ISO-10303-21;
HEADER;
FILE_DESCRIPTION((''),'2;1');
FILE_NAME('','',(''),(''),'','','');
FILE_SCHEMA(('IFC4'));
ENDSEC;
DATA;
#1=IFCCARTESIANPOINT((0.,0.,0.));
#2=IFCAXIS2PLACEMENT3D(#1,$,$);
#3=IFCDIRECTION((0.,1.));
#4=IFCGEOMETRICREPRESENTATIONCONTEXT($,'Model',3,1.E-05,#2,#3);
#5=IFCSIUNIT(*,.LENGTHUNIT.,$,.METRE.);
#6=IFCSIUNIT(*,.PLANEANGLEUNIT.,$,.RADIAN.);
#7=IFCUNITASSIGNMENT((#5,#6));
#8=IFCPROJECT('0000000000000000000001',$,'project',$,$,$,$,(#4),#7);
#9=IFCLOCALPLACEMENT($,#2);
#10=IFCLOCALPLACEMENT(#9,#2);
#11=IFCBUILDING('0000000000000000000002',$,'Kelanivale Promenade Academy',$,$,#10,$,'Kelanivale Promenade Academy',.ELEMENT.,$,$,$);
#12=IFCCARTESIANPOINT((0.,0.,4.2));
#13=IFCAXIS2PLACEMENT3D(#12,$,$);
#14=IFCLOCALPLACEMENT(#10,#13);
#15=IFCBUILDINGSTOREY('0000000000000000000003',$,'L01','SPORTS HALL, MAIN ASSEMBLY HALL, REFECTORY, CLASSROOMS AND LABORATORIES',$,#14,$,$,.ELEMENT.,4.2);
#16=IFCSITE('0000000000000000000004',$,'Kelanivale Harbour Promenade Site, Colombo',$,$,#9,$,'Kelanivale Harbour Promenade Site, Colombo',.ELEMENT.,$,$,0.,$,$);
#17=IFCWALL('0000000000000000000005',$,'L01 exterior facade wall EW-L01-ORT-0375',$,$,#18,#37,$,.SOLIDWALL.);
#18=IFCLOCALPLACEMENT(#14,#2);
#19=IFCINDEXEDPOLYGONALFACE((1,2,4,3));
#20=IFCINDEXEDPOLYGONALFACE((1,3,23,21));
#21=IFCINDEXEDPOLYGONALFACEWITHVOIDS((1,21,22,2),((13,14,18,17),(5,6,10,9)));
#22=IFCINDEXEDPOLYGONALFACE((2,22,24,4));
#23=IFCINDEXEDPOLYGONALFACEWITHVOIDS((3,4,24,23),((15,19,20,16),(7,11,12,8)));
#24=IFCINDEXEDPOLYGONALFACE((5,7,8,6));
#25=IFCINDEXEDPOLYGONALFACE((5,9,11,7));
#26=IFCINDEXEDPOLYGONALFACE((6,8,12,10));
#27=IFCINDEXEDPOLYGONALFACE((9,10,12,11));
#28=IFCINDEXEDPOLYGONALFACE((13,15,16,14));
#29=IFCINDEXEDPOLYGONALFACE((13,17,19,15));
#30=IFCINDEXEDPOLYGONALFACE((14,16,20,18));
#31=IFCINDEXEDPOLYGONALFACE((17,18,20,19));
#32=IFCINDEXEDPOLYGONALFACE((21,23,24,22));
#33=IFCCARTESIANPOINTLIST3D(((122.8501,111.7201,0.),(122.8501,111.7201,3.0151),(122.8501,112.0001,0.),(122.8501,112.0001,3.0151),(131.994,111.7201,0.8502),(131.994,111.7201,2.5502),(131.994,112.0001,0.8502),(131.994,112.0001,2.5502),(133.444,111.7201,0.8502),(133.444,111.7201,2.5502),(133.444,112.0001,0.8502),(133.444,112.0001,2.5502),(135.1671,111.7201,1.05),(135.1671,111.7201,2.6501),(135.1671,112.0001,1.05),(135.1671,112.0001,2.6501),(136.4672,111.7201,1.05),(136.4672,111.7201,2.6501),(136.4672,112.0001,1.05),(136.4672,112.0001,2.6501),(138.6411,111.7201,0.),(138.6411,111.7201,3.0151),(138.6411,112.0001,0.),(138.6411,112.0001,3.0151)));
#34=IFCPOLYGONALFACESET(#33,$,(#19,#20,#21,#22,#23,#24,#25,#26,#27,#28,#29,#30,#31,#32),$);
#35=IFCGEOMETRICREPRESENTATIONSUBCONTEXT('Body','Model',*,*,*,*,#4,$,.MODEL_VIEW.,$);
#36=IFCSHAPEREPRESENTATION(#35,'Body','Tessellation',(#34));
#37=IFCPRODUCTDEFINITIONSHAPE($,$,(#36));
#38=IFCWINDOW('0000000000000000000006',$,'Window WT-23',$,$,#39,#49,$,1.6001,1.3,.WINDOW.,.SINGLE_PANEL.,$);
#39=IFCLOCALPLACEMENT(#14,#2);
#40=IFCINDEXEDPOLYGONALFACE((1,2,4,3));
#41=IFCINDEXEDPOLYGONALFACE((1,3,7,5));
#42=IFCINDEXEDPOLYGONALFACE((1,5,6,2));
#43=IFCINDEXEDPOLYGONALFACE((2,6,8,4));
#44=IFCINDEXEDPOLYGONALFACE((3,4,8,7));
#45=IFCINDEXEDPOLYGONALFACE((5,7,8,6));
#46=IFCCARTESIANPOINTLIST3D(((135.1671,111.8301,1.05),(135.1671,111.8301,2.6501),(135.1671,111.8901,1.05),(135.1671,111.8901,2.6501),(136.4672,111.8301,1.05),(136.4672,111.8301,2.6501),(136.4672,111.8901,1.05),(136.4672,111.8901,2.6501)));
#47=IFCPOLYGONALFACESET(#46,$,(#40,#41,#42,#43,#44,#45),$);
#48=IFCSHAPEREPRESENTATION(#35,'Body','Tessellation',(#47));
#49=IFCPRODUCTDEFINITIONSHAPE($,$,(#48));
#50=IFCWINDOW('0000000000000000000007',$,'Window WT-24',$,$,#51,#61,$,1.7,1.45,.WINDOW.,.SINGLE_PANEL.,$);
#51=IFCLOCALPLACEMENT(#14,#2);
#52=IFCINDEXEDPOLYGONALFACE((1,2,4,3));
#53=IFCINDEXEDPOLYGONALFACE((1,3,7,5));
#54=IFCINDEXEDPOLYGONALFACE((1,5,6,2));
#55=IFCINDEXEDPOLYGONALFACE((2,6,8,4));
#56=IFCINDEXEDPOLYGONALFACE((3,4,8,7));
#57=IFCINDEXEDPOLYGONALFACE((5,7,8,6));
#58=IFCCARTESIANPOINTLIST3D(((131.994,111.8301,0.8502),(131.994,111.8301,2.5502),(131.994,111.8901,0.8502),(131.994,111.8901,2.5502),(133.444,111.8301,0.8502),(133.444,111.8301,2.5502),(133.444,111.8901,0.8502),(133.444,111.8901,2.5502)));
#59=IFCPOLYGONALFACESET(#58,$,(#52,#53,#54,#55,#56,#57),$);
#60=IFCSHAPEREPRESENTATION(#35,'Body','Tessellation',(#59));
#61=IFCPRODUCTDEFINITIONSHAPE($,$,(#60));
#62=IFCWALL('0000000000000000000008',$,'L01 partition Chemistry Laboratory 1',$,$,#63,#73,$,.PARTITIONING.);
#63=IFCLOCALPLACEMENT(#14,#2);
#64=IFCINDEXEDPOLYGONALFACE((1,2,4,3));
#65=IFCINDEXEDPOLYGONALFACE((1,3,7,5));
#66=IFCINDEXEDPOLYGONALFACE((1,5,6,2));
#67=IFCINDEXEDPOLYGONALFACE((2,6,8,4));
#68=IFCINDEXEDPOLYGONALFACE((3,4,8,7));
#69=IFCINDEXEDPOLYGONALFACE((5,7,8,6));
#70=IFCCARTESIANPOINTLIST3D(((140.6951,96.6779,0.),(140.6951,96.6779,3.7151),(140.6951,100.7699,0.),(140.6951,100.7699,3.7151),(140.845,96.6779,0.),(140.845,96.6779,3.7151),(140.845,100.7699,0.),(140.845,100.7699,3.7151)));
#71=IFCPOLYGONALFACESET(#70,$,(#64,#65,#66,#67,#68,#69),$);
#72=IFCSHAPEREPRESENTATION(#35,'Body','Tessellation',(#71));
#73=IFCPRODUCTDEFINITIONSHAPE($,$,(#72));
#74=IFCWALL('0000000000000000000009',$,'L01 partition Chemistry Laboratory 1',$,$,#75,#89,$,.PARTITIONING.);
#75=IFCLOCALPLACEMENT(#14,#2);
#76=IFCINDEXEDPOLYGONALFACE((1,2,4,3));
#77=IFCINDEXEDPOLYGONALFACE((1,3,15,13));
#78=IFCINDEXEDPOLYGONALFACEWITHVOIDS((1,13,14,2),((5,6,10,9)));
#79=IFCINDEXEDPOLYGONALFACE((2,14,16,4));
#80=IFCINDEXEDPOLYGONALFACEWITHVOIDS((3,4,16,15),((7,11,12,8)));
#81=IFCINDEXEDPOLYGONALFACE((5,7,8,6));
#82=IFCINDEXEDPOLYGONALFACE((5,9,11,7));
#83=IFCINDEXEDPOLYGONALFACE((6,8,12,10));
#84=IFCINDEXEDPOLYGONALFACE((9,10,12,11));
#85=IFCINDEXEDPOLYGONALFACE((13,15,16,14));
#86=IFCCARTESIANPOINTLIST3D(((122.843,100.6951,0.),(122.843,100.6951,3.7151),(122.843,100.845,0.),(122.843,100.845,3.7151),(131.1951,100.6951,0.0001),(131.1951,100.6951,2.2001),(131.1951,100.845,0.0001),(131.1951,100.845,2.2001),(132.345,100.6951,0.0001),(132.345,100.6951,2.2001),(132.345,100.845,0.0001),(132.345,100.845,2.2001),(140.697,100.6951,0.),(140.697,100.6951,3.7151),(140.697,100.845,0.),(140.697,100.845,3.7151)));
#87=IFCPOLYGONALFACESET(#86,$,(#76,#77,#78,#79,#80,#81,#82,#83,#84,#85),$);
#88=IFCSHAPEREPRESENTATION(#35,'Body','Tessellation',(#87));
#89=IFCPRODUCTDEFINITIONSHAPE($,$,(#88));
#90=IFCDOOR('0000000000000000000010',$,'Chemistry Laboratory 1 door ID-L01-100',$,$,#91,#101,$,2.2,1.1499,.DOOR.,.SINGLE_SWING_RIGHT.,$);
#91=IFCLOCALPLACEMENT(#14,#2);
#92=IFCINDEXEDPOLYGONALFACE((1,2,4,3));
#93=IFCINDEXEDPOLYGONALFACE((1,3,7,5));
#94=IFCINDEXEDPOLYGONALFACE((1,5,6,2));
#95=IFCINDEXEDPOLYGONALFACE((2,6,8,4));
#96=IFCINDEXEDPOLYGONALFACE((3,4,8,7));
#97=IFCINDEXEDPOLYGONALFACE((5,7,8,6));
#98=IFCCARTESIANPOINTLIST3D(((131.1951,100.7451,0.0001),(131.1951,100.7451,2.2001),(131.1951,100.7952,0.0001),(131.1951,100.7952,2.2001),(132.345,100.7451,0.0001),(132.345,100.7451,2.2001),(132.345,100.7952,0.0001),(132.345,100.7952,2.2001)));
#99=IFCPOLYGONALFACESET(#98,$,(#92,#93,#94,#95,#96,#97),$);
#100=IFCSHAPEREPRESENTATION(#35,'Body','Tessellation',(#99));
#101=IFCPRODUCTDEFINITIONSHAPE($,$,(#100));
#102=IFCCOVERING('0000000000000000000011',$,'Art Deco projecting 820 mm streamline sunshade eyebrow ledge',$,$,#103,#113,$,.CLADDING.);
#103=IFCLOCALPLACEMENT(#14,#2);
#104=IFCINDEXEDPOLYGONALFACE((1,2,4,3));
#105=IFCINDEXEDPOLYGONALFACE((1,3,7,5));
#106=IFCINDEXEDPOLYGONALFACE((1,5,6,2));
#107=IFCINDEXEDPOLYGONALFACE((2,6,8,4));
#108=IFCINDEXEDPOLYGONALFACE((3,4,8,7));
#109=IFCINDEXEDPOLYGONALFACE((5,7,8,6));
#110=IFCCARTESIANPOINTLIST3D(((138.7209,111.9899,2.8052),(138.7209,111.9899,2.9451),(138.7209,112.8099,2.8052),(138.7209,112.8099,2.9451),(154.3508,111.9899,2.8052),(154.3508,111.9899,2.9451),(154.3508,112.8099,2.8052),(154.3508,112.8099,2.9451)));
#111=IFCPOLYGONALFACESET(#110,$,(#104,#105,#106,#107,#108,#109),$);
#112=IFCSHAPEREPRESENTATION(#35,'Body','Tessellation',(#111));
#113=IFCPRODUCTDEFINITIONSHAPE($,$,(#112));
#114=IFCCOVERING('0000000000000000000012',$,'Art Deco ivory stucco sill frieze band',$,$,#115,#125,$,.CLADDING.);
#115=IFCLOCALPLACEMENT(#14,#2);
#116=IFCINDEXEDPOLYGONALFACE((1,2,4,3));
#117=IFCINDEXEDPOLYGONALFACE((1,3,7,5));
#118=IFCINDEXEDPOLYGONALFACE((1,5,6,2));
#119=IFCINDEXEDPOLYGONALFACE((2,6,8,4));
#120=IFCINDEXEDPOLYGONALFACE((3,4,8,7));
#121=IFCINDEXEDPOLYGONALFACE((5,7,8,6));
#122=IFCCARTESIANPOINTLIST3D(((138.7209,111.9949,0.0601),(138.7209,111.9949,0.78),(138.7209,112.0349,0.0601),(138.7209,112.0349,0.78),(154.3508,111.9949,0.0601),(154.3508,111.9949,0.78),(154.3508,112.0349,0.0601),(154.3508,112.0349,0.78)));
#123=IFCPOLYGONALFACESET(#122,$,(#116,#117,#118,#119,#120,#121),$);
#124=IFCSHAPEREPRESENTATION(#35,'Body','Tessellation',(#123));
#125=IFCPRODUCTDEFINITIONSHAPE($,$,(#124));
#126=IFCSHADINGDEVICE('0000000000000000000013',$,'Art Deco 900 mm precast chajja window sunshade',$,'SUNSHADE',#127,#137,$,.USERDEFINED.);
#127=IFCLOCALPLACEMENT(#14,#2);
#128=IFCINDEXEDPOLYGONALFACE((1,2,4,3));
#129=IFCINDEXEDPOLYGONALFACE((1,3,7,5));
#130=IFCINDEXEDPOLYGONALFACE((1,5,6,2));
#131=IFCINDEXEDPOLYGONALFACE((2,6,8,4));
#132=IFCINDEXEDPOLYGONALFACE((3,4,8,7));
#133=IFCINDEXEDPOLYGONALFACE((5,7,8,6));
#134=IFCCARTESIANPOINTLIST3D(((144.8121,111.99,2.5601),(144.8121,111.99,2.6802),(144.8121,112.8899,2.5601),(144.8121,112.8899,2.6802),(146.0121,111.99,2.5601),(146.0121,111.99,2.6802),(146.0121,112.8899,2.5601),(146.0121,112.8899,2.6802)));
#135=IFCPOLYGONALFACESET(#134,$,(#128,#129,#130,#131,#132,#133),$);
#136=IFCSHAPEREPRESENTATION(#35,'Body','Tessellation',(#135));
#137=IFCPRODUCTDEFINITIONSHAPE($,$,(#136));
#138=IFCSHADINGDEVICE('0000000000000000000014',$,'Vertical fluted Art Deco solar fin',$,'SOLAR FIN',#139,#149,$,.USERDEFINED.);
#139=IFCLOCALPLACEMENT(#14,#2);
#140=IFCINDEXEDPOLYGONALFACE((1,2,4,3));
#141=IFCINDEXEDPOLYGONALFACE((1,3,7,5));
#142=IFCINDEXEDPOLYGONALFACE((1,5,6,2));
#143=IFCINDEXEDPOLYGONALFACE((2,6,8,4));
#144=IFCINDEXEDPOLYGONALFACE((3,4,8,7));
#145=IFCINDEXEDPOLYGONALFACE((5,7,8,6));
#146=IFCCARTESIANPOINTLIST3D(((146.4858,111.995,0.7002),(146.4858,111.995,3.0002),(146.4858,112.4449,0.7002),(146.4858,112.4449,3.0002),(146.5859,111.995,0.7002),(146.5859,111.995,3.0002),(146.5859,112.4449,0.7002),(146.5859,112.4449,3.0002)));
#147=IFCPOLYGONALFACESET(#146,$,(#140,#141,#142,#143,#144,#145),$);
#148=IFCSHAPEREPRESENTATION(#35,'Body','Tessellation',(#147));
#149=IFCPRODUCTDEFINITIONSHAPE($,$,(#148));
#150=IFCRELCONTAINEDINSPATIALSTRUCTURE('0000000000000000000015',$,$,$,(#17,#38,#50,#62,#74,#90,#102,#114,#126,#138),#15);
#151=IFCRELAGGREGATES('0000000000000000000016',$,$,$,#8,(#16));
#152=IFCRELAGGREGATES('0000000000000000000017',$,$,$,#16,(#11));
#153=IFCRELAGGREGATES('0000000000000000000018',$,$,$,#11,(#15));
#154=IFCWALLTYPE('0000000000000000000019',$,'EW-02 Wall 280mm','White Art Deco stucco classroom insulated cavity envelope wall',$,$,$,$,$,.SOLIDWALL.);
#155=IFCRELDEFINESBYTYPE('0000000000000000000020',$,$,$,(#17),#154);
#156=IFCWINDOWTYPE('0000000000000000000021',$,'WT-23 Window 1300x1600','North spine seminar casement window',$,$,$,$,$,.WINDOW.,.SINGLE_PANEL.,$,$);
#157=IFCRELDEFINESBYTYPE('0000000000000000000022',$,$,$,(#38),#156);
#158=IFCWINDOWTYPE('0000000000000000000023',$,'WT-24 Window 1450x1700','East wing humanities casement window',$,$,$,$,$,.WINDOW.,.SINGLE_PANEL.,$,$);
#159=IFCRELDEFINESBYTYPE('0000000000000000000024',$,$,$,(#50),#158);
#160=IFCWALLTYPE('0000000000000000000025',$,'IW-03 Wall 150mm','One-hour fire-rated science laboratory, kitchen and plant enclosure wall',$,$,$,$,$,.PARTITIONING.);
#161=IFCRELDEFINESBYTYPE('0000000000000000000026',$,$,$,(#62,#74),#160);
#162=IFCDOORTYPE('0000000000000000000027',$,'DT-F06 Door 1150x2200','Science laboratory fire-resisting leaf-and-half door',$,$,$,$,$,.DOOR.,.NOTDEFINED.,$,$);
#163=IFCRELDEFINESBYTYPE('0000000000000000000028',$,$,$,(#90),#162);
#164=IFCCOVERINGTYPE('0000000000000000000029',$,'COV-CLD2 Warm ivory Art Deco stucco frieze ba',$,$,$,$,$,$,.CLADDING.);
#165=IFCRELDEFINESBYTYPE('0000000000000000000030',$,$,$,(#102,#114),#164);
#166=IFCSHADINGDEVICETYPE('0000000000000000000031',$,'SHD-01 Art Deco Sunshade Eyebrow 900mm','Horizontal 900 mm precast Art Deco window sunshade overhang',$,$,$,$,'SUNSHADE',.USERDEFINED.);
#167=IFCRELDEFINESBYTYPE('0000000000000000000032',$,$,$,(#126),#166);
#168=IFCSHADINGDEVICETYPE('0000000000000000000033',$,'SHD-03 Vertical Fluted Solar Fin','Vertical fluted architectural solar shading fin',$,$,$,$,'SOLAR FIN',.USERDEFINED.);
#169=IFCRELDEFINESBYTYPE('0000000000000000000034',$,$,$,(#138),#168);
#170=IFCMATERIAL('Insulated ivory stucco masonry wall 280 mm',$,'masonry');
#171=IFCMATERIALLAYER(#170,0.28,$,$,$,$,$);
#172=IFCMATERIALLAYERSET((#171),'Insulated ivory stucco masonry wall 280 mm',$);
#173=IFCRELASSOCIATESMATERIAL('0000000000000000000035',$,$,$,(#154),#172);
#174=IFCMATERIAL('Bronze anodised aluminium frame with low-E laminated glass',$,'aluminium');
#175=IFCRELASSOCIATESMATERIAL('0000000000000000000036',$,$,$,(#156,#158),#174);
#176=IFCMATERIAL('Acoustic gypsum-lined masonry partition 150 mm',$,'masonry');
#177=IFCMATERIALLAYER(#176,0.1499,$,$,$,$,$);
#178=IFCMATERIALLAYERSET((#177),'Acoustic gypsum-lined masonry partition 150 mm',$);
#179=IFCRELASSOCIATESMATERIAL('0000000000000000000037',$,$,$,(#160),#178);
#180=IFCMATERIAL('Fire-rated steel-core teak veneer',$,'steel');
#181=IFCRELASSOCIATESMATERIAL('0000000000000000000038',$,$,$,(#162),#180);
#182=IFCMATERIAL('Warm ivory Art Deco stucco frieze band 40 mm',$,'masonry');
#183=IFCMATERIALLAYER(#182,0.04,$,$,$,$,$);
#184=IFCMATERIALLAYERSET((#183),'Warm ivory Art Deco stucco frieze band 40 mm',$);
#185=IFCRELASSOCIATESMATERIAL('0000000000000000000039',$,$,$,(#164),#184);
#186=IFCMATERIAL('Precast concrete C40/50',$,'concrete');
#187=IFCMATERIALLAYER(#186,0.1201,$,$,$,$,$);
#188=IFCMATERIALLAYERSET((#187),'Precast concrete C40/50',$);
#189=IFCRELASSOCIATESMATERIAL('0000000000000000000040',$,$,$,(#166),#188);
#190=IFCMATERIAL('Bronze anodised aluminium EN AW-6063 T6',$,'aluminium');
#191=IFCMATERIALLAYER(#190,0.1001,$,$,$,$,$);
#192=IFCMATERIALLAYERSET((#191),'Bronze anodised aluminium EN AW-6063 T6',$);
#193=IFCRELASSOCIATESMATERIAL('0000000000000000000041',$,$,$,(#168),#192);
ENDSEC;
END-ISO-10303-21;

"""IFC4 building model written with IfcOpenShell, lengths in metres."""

from ifc_helpers import new_model, si_unit, direction, frame, frame_2d, origin, origin_2d, place, context, subcontext, project, spatial, rectangle, extrude, material, layer, layer_set, type_object, element, fill, save


model = new_model("IFC4")

# Units and contexts
model_context = context("Model", 3, precision=1e-05, world=origin(), true_north=direction((0.0, 1.0)))
body_context = subcontext(model_context, "Body", "Model", "MODEL_VIEW")
ifc_project = project(units=[si_unit("LENGTHUNIT", "METRE"), si_unit("PLANEANGLEUNIT", "RADIAN")], contexts=[model_context])

# Site, building, storey
site_placement = place(None, origin())
site = spatial("IfcSite", under=ifc_project, at=site_placement, Name="Kelanivale Harbour Promenade Site, Colombo", LongName="Kelanivale Harbour Promenade Site, Colombo", CompositionType="ELEMENT", RefElevation=0.0)
building_placement = place(site_placement, origin())
building = spatial("IfcBuilding", under=site, at=building_placement, Name="Kelanivale Promenade Academy", LongName="Kelanivale Promenade Academy", CompositionType="ELEMENT")
storey_placement = place(building_placement, frame((0.0, 0.0, 4.2)))
storey = spatial("IfcBuildingStorey", under=building, at=storey_placement, Name="L01", Description="SPORTS HALL, MAIN ASSEMBLY HALL, REFECTORY, CLASSROOMS AND LABORATORIES", CompositionType="ELEMENT", Elevation=4.2)

# Wall, openings, windows
ifc_material_1 = material(Name="Insulated ivory stucco masonry wall 280 mm", Category="masonry")
ifc_layer_1 = layer(ifc_material_1, 0.28)
ifc_layer_set_1 = layer_set([ifc_layer_1], Name="Insulated ivory stucco masonry wall 280 mm")
wall_type_1 = type_object("IfcWallType", Name="EW-02 Wall 280mm", Description="White Art Deco stucco classroom insulated cavity envelope wall", PredefinedType="SOLIDWALL", material=ifc_layer_set_1)
wall_1_placement = place(storey_placement, frame((138.6411, 111.8601, 0.0), z_axis=(0.0, 0.0, 1.0), x_axis=(-1.0, 0.0, 0.0)))
wall_1 = element("IfcWall", 1, at=wall_1_placement, inside=storey, type_object=wall_type_1, Name="L01 exterior facade wall EW-L01-ORT-0375", PredefinedType="SOLIDWALL", context=body_context, shape_type="SweptSolid", body=[
    extrude(rectangle(XDim=15.791, YDim=0.28, at=frame_2d((7.8955, 0.0))), origin(), (0.0, 0.0, 1.0), 3.0151),
])
opening_1_placement = place(wall_1_placement, frame((2.1741, 0.0, 1.05)))
opening_1 = element("IfcOpeningElement", 2, at=opening_1_placement, cuts=wall_1, PredefinedType="OPENING", context=body_context, shape_type="SweptSolid", body=[
    extrude(rectangle(XDim=1.3, YDim=1.6001, at=frame_2d((0.6499, 0.8))), frame((0.0, 0.1499, 0.0), z_axis=(0.0, -1.0, 0.0), x_axis=(1.0, 0.0, 0.0)), (0.0, 0.0, 1.0), 0.3),
])
opening_2_placement = place(wall_1_placement, frame((5.197, 0.0, 0.8501)))
opening_2 = element("IfcOpeningElement", 3, at=opening_2_placement, cuts=wall_1, PredefinedType="OPENING", context=body_context, shape_type="SweptSolid", body=[
    extrude(rectangle(XDim=1.45, YDim=1.7, at=frame_2d((0.7251, 0.8501))), frame((0.0, 0.1499, 0.0), z_axis=(0.0, -1.0, 0.0), x_axis=(1.0, 0.0, 0.0)), (0.0, 0.0, 1.0), 0.3),
])
ifc_material_2 = material(Name="Bronze anodised aluminium frame with low-E laminated glass", Category="aluminium")
window_type_1 = type_object("IfcWindowType", Name="WT-23 Window 1300x1600", Description="North spine seminar casement window", PartitioningType="SINGLE_PANEL", PredefinedType="WINDOW", material=ifc_material_2)
window_1_placement = place(opening_1_placement, origin())
window_1 = element("IfcWindow", 4, at=window_1_placement, inside=storey, type_object=window_type_1, Name="Window WT-23", OverallHeight=1.6001, OverallWidth=1.3, PartitioningType="SINGLE_PANEL", PredefinedType="WINDOW", context=body_context, shape_type="SweptSolid", body=[
    extrude(rectangle(XDim=1.3, YDim=1.6001, at=frame_2d((0.6499, 0.8))), frame((0.0, 0.03, 0.0), z_axis=(0.0, -1.0, 0.0), x_axis=(1.0, 0.0, 0.0)), (0.0, 0.0, 1.0), 0.0601),
])
fill(opening_1, window_1)
window_type_2 = type_object("IfcWindowType", Name="WT-24 Window 1450x1700", Description="East wing humanities casement window", PartitioningType="SINGLE_PANEL", PredefinedType="WINDOW", material=ifc_material_2)
window_2_placement = place(opening_2_placement, origin())
window_2 = element("IfcWindow", 5, at=window_2_placement, inside=storey, type_object=window_type_2, Name="Window WT-24", OverallHeight=1.7, OverallWidth=1.45, PartitioningType="SINGLE_PANEL", PredefinedType="WINDOW", context=body_context, shape_type="SweptSolid", body=[
    extrude(rectangle(XDim=1.45, YDim=1.7, at=frame_2d((0.7251, 0.8501))), frame((0.0, 0.03, 0.0), z_axis=(0.0, -1.0, 0.0), x_axis=(1.0, 0.0, 0.0)), (0.0, 0.0, 1.0), 0.0601),
])
fill(opening_2, window_2)

# Wall
ifc_material_3 = material(Name="Acoustic gypsum-lined masonry partition 150 mm", Category="masonry")
ifc_layer_2 = layer(ifc_material_3, 0.1499)
ifc_layer_set_2 = layer_set([ifc_layer_2], Name="Acoustic gypsum-lined masonry partition 150 mm")
wall_type_2 = type_object("IfcWallType", Name="IW-03 Wall 150mm", Description="One-hour fire-rated science laboratory, kitchen and plant enclosure wall", PredefinedType="PARTITIONING", material=ifc_layer_set_2)
wall_2_placement = place(storey_placement, frame((140.77, 96.678, 0.0), z_axis=(0.0, 0.0, 1.0), x_axis=(0.0, 1.0, 0.0)))
element("IfcWall", 6, at=wall_2_placement, inside=storey, type_object=wall_type_2, Name="L01 partition Chemistry Laboratory 1", PredefinedType="PARTITIONING", context=body_context, shape_type="SweptSolid", body=[
    extrude(rectangle(XDim=4.092, YDim=0.1499, at=frame_2d((2.0459, 0.0))), origin(), (0.0, 0.0, 1.0), 3.7151),
])

# Wall, opening, door
wall_3_placement = place(storey_placement, frame((140.697, 100.77, 0.0), z_axis=(0.0, 0.0, 1.0), x_axis=(-1.0, 0.0, 0.0)))
wall_3 = element("IfcWall", 7, at=wall_3_placement, inside=storey, type_object=wall_type_2, Name="L01 partition Chemistry Laboratory 1", PredefinedType="PARTITIONING", context=body_context, shape_type="SweptSolid", body=[
    extrude(rectangle(XDim=17.854, YDim=0.1499, at=frame_2d((8.927, 0.0))), origin(), (0.0, 0.0, 1.0), 3.7151),
])
opening_3_placement = place(wall_3_placement, frame((8.3521, 0.0, 0.0)))
opening_3 = element("IfcOpeningElement", 8, at=opening_3_placement, cuts=wall_3, PredefinedType="OPENING", context=body_context, shape_type="SweptSolid", body=[
    extrude(rectangle(XDim=1.1499, YDim=2.2, at=frame_2d((0.575, 1.1001))), frame((0.0, 0.085, 0.0), z_axis=(0.0, -1.0, 0.0), x_axis=(1.0, 0.0, 0.0)), (0.0, 0.0, 1.0), 0.1699),
])
ifc_material_4 = material(Name="Fire-rated steel-core teak veneer", Category="steel")
door_type = type_object("IfcDoorType", Name="DT-F06 Door 1150x2200", Description="Science laboratory fire-resisting leaf-and-half door", OperationType="NOTDEFINED", PredefinedType="DOOR", material=ifc_material_4)
door_placement = place(opening_3_placement, origin())
door = element("IfcDoor", 9, at=door_placement, inside=storey, type_object=door_type, Name="Chemistry Laboratory 1 door ID-L01-100", OperationType="SINGLE_SWING_RIGHT", OverallHeight=2.2, OverallWidth=1.1499, PredefinedType="DOOR", context=body_context, shape_type="SweptSolid", body=[
    extrude(rectangle(XDim=1.1499, YDim=2.2, at=frame_2d((0.575, 1.1001))), frame((0.0, 0.0249, 0.0), z_axis=(0.0, -1.0, 0.0), x_axis=(1.0, 0.0, 0.0)), (0.0, 0.0, 1.0), 0.05),
])
fill(opening_3, door)

# Coverings
ifc_material_5 = material(Name="Warm ivory Art Deco stucco frieze band 40 mm", Category="masonry")
ifc_layer_3 = layer(ifc_material_5, 0.04)
ifc_layer_set_3 = layer_set([ifc_layer_3], Name="Warm ivory Art Deco stucco frieze band 40 mm")
covering_type = type_object("IfcCoveringType", Name="COV-CLD2 Warm ivory Art Deco stucco frieze ba", PredefinedType="CLADDING", material=ifc_layer_set_3)
covering_1_placement = place(storey_placement, frame((146.5359, 112.3999, 2.8052), z_axis=(0.0, 0.0, 1.0), x_axis=(-1.0, 0.0, 0.0)))
element("IfcCovering", 10, at=covering_1_placement, inside=storey, type_object=covering_type, Name="Art Deco projecting 820 mm streamline sunshade eyebrow ledge", PredefinedType="CLADDING", context=body_context, shape_type="SweptSolid", body=[
    extrude(rectangle(XDim=15.6299, YDim=0.8201, at=origin_2d()), origin(), (0.0, 0.0, 1.0), 0.1399),
])
covering_2_placement = place(storey_placement, frame((146.5359, 112.0149, 0.0601), z_axis=(0.0, 0.0, 1.0), x_axis=(-1.0, 0.0, 0.0)))
element("IfcCovering", 11, at=covering_2_placement, inside=storey, type_object=covering_type, Name="Art Deco ivory stucco sill frieze band", PredefinedType="CLADDING", context=body_context, shape_type="SweptSolid", body=[
    extrude(rectangle(XDim=15.6299, YDim=0.04, at=origin_2d()), origin(), (0.0, 0.0, 1.0), 0.72),
])

# Shading devices
ifc_material_6 = material(Name="Precast concrete C40/50", Category="concrete")
ifc_layer_4 = layer(ifc_material_6, 0.1201)
ifc_layer_set_4 = layer_set([ifc_layer_4], Name="Precast concrete C40/50")
shading_device_type_1 = type_object("IfcShadingDeviceType", Name="SHD-01 Art Deco Sunshade Eyebrow 900mm", Description="Horizontal 900 mm precast Art Deco window sunshade overhang", ElementType="SUNSHADE", PredefinedType="USERDEFINED", material=ifc_layer_set_4)
shading_device_1_placement = place(storey_placement, frame((145.4121, 112.4399, 2.5601), z_axis=(0.0, 0.0, 1.0), x_axis=(-1.0, 0.0, 0.0)))
element("IfcShadingDevice", 12, at=shading_device_1_placement, inside=storey, type_object=shading_device_type_1, Name="Art Deco 900 mm precast chajja window sunshade", ObjectType="SUNSHADE", PredefinedType="USERDEFINED", context=body_context, shape_type="SweptSolid", body=[
    extrude(rectangle(XDim=1.2, YDim=0.8999, at=origin_2d()), origin(), (0.0, 0.0, 1.0), 0.1201),
])
ifc_material_7 = material(Name="Bronze anodised aluminium EN AW-6063 T6", Category="aluminium")
ifc_layer_5 = layer(ifc_material_7, 0.1001)
ifc_layer_set_5 = layer_set([ifc_layer_5], Name="Bronze anodised aluminium EN AW-6063 T6")
shading_device_type_2 = type_object("IfcShadingDeviceType", Name="SHD-03 Vertical Fluted Solar Fin", Description="Vertical fluted architectural solar shading fin", ElementType="SOLAR FIN", PredefinedType="USERDEFINED", material=ifc_layer_set_5)
shading_device_2_placement = place(storey_placement, frame((146.5359, 112.22, 0.7002), z_axis=(0.0, 0.0, 1.0), x_axis=(-1.0, 0.0, 0.0)))
element("IfcShadingDevice", 13, at=shading_device_2_placement, inside=storey, type_object=shading_device_type_2, Name="Vertical fluted Art Deco solar fin", ObjectType="SOLAR FIN", PredefinedType="USERDEFINED", context=body_context, shape_type="SweptSolid", body=[
    extrude(rectangle(XDim=0.1001, YDim=0.45, at=origin_2d()), origin(), (0.0, 0.0, 1.0), 2.3),
])

save(model, "model.ifc")
